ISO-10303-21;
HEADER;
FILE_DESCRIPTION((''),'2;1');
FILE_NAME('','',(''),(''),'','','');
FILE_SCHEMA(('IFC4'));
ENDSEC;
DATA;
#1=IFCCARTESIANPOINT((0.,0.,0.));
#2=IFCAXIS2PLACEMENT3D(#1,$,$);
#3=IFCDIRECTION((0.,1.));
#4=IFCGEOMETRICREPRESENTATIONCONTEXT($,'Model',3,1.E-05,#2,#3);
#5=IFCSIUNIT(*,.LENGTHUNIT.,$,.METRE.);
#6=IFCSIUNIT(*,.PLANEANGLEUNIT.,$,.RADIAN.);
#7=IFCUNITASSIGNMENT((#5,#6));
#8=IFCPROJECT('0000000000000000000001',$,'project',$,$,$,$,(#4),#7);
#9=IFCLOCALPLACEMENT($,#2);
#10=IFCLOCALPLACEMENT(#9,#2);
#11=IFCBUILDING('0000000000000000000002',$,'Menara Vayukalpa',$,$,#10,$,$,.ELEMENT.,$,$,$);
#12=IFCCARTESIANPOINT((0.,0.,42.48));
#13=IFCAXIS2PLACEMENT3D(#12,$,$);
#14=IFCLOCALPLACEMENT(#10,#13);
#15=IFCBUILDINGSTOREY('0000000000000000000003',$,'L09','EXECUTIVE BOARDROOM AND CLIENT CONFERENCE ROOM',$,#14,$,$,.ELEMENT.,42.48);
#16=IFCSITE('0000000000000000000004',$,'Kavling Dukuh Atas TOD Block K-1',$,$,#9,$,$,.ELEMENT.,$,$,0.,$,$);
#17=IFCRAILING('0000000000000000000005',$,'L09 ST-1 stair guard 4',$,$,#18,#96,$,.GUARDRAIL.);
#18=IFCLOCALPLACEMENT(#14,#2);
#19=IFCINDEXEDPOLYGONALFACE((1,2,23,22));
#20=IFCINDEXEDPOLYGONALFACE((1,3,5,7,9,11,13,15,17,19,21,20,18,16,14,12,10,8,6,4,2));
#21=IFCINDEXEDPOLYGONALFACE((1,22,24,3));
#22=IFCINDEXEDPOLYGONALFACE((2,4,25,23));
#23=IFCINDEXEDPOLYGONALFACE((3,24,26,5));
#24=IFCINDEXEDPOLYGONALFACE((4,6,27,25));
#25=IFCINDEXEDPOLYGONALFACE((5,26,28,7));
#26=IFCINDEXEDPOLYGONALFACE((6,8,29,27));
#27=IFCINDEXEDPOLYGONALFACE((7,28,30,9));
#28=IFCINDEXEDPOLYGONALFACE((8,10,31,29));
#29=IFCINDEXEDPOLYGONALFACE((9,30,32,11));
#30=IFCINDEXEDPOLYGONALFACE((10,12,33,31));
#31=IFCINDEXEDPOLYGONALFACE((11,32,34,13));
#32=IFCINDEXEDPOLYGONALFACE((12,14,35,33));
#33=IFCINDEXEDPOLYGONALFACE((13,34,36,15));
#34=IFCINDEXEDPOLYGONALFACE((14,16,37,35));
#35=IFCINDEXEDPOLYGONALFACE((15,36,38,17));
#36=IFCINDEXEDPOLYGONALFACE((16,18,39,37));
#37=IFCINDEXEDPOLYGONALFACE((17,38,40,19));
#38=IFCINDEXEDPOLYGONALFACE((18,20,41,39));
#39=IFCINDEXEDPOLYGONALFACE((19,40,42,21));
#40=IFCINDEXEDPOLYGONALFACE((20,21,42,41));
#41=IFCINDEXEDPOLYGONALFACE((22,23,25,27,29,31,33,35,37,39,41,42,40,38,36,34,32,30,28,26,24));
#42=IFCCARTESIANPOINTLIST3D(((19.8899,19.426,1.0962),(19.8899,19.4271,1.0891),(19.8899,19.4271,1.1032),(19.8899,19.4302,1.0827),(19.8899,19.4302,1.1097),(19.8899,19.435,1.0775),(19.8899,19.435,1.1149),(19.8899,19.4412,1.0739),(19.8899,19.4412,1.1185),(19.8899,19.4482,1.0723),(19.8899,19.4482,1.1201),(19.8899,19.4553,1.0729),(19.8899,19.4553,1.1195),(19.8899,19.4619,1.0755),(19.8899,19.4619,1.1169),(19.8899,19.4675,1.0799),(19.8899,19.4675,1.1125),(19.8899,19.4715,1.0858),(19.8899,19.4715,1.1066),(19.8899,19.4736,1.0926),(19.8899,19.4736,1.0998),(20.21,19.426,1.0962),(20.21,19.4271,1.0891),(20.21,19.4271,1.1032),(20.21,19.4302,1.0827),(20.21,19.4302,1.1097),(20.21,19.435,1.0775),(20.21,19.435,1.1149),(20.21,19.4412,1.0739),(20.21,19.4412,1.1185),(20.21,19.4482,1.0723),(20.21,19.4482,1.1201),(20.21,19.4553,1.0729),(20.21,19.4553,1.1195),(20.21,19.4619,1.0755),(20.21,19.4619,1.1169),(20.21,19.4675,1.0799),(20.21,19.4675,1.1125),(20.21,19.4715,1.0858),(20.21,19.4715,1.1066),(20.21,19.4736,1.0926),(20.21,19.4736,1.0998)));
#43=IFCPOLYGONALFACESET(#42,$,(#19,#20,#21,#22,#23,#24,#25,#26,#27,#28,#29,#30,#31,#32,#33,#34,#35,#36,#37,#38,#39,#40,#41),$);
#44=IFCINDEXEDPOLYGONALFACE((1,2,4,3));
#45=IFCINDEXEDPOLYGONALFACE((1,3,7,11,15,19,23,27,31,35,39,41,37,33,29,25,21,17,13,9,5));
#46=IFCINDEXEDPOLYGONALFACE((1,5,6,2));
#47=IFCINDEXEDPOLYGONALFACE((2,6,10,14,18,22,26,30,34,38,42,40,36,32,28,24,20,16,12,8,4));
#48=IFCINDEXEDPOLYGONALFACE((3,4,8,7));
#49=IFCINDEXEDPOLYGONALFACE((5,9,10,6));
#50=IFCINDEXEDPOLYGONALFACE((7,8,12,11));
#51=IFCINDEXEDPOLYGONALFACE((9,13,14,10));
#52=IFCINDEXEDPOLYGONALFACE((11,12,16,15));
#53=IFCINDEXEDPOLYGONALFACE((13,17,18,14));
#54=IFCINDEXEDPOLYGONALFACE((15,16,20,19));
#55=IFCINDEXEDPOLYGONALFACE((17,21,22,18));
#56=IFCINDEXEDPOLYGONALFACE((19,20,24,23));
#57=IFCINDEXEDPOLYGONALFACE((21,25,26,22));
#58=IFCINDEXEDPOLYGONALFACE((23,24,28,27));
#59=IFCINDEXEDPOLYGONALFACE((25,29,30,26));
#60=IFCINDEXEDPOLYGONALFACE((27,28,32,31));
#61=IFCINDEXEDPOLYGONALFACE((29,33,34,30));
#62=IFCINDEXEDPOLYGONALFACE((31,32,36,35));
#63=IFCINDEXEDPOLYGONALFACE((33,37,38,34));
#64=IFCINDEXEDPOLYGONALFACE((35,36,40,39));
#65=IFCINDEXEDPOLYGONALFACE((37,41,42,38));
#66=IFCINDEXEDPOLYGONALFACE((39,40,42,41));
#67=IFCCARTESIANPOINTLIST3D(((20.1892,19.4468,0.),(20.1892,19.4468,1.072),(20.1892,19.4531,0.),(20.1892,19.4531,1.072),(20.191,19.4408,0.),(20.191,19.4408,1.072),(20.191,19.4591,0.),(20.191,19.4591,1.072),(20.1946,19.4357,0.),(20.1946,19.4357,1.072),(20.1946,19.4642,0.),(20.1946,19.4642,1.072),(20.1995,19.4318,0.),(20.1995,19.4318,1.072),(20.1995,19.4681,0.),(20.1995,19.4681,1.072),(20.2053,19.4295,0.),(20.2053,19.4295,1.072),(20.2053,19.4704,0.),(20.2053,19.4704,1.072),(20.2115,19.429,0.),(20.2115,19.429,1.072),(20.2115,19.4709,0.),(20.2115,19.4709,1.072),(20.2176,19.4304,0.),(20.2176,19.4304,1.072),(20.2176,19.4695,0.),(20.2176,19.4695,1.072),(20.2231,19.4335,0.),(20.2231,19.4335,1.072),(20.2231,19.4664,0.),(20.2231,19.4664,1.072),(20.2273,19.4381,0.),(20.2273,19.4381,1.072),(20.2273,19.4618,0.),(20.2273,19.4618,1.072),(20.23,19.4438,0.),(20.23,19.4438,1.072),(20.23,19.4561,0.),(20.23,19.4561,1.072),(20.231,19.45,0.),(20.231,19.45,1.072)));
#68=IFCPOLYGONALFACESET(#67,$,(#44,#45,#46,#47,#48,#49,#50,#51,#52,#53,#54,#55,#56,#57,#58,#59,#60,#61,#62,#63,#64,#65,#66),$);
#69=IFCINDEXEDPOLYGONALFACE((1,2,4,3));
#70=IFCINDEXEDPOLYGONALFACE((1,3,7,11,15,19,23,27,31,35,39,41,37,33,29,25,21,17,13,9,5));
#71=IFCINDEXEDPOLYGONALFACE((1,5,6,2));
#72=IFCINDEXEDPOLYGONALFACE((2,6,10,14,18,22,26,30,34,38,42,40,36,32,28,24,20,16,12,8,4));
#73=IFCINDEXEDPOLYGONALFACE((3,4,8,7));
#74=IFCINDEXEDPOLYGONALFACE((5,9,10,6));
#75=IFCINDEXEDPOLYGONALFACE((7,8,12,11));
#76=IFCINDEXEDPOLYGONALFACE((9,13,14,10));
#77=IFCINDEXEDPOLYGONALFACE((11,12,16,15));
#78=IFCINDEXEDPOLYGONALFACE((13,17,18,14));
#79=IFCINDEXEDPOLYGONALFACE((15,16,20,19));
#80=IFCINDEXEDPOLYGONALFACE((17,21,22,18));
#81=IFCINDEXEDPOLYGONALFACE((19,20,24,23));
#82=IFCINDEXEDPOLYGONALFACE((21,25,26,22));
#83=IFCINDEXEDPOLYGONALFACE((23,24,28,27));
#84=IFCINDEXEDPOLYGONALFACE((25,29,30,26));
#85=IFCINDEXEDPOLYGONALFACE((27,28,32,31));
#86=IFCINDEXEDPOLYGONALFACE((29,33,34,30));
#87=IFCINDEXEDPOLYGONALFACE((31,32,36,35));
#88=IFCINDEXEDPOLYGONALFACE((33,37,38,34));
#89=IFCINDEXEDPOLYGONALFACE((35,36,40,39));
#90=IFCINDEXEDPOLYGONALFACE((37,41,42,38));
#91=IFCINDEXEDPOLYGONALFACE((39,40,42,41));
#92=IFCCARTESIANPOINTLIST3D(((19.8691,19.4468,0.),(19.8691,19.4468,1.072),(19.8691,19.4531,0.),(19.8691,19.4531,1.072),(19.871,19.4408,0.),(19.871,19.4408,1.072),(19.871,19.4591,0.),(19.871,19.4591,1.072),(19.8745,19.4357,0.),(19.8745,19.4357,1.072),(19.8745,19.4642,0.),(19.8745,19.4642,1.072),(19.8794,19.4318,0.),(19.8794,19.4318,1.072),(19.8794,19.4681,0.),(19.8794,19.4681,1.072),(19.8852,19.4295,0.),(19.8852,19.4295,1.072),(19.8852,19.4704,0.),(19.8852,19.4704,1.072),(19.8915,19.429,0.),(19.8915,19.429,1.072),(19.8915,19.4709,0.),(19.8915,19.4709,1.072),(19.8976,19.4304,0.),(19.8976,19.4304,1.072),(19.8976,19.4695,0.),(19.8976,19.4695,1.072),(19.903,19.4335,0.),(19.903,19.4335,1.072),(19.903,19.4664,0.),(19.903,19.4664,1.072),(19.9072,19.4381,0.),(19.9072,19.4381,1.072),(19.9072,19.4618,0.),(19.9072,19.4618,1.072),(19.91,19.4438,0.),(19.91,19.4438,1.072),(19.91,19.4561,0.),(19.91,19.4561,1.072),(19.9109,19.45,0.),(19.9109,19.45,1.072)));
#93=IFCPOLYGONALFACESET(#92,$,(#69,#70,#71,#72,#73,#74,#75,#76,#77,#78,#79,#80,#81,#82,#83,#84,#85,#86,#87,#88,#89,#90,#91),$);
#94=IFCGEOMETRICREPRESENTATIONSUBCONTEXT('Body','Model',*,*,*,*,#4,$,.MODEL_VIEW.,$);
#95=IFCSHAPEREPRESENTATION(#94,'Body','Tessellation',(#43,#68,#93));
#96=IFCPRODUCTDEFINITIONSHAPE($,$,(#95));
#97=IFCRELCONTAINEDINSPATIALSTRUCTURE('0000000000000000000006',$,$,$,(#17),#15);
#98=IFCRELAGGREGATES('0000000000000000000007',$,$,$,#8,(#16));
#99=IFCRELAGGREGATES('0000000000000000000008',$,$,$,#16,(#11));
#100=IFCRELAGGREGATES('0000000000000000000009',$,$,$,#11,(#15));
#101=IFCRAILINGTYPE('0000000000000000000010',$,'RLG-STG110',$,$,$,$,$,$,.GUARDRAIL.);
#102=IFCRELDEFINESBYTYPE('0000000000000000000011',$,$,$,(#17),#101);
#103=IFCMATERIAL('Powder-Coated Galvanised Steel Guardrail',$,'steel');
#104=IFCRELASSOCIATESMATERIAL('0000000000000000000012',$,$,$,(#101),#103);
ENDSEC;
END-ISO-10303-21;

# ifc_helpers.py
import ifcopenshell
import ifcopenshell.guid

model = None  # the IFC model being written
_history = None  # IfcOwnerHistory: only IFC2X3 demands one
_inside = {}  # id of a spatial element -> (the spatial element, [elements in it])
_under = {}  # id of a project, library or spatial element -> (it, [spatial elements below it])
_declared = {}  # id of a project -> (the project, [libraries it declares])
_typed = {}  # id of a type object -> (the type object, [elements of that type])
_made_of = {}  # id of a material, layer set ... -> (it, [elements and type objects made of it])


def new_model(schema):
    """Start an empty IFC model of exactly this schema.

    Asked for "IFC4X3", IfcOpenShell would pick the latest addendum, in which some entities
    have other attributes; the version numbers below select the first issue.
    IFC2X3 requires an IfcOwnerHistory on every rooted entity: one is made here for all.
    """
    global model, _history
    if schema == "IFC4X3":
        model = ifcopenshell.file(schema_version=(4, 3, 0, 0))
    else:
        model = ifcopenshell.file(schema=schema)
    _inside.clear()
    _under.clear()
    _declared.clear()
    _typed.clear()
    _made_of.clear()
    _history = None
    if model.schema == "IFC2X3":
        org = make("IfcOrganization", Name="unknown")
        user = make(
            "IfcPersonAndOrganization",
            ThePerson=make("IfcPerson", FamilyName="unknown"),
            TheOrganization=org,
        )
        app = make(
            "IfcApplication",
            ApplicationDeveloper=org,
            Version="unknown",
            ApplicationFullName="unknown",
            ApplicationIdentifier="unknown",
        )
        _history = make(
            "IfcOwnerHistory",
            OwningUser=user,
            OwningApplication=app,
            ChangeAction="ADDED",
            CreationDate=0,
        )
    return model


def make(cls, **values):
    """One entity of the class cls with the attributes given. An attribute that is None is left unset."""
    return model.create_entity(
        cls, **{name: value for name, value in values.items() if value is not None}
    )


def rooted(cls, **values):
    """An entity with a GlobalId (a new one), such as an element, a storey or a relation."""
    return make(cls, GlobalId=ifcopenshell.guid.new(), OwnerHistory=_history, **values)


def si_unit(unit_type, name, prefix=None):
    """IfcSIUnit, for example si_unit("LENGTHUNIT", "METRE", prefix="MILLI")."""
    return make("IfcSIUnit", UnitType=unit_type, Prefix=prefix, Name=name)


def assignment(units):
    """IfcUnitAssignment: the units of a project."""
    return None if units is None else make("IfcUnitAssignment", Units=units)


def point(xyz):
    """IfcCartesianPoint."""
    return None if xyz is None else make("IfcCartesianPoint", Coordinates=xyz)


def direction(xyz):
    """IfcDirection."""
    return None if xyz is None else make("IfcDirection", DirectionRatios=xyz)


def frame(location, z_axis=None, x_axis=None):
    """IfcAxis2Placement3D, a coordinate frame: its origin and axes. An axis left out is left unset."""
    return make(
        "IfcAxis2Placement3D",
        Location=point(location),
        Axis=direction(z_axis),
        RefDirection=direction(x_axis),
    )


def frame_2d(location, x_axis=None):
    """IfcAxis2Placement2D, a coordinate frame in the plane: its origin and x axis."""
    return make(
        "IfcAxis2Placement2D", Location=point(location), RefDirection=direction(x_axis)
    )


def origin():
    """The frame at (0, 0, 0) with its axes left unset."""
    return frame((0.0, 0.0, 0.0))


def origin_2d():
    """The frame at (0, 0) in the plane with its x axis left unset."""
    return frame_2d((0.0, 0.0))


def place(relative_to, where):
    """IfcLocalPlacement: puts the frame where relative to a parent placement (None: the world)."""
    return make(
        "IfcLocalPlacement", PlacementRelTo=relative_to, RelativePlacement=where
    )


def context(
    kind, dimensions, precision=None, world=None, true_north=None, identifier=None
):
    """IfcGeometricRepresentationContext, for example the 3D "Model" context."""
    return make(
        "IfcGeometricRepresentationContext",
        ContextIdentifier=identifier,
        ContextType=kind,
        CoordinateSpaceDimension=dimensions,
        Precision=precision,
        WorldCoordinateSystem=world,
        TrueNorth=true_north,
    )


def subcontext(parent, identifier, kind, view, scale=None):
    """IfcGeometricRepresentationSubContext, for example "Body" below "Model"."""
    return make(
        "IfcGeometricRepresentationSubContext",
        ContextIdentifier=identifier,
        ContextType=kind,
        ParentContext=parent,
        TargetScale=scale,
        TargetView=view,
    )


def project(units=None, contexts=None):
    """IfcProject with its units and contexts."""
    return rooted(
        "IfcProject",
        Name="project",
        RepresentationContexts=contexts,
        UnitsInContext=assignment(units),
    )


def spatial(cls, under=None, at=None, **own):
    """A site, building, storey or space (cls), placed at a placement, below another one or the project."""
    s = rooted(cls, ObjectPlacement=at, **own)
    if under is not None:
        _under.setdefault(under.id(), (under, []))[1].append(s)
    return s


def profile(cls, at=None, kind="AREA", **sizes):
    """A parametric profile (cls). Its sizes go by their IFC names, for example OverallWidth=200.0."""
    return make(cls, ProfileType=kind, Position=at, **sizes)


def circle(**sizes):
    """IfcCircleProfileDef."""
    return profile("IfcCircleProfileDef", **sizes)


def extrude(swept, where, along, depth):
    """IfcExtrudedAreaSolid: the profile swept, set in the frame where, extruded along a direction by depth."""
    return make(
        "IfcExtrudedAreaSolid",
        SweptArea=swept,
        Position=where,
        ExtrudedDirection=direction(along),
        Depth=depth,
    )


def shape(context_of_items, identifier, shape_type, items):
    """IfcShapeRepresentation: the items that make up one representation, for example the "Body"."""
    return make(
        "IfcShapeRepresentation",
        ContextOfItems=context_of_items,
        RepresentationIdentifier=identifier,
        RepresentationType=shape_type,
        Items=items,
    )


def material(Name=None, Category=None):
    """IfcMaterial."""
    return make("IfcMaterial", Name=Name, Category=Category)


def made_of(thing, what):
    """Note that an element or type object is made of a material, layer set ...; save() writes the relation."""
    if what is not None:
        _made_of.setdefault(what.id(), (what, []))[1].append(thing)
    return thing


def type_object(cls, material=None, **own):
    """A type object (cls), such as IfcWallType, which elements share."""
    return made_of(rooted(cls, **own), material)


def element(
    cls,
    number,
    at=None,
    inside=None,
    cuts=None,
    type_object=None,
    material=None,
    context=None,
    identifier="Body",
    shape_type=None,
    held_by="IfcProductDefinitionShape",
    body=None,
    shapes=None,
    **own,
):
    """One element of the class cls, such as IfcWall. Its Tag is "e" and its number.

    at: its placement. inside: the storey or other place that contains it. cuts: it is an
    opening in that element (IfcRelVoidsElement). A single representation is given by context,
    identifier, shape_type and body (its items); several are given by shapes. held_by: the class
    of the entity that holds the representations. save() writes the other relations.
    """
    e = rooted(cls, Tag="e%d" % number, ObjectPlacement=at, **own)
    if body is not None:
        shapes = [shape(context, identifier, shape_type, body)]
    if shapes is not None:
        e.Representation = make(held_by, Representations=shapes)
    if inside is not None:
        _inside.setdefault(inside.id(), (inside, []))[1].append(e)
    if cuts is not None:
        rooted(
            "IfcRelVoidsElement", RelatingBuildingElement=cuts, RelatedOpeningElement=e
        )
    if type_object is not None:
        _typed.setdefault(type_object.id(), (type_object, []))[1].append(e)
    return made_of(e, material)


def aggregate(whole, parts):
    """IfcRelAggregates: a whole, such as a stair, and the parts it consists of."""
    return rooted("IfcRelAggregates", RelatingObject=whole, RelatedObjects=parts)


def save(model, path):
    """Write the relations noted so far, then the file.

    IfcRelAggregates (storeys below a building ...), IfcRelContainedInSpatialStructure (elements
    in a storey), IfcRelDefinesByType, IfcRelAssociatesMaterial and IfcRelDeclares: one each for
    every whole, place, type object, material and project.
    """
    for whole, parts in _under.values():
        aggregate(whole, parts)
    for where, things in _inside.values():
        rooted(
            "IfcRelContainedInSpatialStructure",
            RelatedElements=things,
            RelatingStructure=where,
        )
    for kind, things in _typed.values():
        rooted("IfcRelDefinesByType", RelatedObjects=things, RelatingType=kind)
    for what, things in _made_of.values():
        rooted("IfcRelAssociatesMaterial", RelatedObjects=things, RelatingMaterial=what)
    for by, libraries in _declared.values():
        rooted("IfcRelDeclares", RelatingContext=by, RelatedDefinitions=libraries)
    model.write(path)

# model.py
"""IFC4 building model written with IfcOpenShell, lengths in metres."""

from ifc_helpers import new_model, si_unit, direction, frame, origin, origin_2d, place, context, subcontext, project, spatial, circle, extrude, material, type_object, element, save


model = new_model("IFC4")

# Units and contexts
model_context = context("Model", 3, precision=1e-05, world=origin(), true_north=direction((0.0, 1.0)))
body_context = subcontext(model_context, "Body", "Model", "MODEL_VIEW")
ifc_project = project(units=[si_unit("LENGTHUNIT", "METRE"), si_unit("PLANEANGLEUNIT", "RADIAN")], contexts=[model_context])

# Site, building, storey
site_placement = place(None, origin())
site = spatial("IfcSite", under=ifc_project, at=site_placement, Name="Kavling Dukuh Atas TOD Block K-1", CompositionType="ELEMENT", RefElevation=0.0)
building_placement = place(site_placement, origin())
building = spatial("IfcBuilding", under=site, at=building_placement, Name="Menara Vayukalpa", CompositionType="ELEMENT")
storey_placement = place(building_placement, frame((0.0, 0.0, 42.48)))
storey = spatial("IfcBuildingStorey", under=building, at=storey_placement, Name="L09", Description="EXECUTIVE BOARDROOM AND CLIENT CONFERENCE ROOM", CompositionType="ELEMENT", Elevation=42.48)

# Railing
ifc_material_1 = material(Name="Powder-Coated Galvanised Steel Guardrail", Category="steel")
railing_type = type_object("IfcRailingType", Name="RLG-STG110", PredefinedType="GUARDRAIL", material=ifc_material_1)
railing_1_placement = place(storey_placement, frame((20.21, 19.45, 0.0)))
element("IfcRailing", 1, at=railing_1_placement, inside=storey, type_object=railing_type, Name="L09 ST-1 stair guard 4", PredefinedType="GUARDRAIL", context=body_context, shape_type="SweptSolid", body=[
    extrude(circle(Radius=0.0239, at=origin_2d()), frame((0.0, 0.0, 1.0962), z_axis=(-1.0, 0.0, 0.0), x_axis=(0.0, -1.0, 0.0)), (0.0, 0.0, 1.0), 0.3201),
    extrude(circle(Radius=0.021, at=origin_2d()), origin(), (0.0, 0.0, 1.0), 1.072),
    extrude(circle(Radius=0.021, at=origin_2d()), frame((-0.3201, 0.0, 0.0)), (0.0, 0.0, 1.0), 1.072),
])

save(model, "model.ifc")
